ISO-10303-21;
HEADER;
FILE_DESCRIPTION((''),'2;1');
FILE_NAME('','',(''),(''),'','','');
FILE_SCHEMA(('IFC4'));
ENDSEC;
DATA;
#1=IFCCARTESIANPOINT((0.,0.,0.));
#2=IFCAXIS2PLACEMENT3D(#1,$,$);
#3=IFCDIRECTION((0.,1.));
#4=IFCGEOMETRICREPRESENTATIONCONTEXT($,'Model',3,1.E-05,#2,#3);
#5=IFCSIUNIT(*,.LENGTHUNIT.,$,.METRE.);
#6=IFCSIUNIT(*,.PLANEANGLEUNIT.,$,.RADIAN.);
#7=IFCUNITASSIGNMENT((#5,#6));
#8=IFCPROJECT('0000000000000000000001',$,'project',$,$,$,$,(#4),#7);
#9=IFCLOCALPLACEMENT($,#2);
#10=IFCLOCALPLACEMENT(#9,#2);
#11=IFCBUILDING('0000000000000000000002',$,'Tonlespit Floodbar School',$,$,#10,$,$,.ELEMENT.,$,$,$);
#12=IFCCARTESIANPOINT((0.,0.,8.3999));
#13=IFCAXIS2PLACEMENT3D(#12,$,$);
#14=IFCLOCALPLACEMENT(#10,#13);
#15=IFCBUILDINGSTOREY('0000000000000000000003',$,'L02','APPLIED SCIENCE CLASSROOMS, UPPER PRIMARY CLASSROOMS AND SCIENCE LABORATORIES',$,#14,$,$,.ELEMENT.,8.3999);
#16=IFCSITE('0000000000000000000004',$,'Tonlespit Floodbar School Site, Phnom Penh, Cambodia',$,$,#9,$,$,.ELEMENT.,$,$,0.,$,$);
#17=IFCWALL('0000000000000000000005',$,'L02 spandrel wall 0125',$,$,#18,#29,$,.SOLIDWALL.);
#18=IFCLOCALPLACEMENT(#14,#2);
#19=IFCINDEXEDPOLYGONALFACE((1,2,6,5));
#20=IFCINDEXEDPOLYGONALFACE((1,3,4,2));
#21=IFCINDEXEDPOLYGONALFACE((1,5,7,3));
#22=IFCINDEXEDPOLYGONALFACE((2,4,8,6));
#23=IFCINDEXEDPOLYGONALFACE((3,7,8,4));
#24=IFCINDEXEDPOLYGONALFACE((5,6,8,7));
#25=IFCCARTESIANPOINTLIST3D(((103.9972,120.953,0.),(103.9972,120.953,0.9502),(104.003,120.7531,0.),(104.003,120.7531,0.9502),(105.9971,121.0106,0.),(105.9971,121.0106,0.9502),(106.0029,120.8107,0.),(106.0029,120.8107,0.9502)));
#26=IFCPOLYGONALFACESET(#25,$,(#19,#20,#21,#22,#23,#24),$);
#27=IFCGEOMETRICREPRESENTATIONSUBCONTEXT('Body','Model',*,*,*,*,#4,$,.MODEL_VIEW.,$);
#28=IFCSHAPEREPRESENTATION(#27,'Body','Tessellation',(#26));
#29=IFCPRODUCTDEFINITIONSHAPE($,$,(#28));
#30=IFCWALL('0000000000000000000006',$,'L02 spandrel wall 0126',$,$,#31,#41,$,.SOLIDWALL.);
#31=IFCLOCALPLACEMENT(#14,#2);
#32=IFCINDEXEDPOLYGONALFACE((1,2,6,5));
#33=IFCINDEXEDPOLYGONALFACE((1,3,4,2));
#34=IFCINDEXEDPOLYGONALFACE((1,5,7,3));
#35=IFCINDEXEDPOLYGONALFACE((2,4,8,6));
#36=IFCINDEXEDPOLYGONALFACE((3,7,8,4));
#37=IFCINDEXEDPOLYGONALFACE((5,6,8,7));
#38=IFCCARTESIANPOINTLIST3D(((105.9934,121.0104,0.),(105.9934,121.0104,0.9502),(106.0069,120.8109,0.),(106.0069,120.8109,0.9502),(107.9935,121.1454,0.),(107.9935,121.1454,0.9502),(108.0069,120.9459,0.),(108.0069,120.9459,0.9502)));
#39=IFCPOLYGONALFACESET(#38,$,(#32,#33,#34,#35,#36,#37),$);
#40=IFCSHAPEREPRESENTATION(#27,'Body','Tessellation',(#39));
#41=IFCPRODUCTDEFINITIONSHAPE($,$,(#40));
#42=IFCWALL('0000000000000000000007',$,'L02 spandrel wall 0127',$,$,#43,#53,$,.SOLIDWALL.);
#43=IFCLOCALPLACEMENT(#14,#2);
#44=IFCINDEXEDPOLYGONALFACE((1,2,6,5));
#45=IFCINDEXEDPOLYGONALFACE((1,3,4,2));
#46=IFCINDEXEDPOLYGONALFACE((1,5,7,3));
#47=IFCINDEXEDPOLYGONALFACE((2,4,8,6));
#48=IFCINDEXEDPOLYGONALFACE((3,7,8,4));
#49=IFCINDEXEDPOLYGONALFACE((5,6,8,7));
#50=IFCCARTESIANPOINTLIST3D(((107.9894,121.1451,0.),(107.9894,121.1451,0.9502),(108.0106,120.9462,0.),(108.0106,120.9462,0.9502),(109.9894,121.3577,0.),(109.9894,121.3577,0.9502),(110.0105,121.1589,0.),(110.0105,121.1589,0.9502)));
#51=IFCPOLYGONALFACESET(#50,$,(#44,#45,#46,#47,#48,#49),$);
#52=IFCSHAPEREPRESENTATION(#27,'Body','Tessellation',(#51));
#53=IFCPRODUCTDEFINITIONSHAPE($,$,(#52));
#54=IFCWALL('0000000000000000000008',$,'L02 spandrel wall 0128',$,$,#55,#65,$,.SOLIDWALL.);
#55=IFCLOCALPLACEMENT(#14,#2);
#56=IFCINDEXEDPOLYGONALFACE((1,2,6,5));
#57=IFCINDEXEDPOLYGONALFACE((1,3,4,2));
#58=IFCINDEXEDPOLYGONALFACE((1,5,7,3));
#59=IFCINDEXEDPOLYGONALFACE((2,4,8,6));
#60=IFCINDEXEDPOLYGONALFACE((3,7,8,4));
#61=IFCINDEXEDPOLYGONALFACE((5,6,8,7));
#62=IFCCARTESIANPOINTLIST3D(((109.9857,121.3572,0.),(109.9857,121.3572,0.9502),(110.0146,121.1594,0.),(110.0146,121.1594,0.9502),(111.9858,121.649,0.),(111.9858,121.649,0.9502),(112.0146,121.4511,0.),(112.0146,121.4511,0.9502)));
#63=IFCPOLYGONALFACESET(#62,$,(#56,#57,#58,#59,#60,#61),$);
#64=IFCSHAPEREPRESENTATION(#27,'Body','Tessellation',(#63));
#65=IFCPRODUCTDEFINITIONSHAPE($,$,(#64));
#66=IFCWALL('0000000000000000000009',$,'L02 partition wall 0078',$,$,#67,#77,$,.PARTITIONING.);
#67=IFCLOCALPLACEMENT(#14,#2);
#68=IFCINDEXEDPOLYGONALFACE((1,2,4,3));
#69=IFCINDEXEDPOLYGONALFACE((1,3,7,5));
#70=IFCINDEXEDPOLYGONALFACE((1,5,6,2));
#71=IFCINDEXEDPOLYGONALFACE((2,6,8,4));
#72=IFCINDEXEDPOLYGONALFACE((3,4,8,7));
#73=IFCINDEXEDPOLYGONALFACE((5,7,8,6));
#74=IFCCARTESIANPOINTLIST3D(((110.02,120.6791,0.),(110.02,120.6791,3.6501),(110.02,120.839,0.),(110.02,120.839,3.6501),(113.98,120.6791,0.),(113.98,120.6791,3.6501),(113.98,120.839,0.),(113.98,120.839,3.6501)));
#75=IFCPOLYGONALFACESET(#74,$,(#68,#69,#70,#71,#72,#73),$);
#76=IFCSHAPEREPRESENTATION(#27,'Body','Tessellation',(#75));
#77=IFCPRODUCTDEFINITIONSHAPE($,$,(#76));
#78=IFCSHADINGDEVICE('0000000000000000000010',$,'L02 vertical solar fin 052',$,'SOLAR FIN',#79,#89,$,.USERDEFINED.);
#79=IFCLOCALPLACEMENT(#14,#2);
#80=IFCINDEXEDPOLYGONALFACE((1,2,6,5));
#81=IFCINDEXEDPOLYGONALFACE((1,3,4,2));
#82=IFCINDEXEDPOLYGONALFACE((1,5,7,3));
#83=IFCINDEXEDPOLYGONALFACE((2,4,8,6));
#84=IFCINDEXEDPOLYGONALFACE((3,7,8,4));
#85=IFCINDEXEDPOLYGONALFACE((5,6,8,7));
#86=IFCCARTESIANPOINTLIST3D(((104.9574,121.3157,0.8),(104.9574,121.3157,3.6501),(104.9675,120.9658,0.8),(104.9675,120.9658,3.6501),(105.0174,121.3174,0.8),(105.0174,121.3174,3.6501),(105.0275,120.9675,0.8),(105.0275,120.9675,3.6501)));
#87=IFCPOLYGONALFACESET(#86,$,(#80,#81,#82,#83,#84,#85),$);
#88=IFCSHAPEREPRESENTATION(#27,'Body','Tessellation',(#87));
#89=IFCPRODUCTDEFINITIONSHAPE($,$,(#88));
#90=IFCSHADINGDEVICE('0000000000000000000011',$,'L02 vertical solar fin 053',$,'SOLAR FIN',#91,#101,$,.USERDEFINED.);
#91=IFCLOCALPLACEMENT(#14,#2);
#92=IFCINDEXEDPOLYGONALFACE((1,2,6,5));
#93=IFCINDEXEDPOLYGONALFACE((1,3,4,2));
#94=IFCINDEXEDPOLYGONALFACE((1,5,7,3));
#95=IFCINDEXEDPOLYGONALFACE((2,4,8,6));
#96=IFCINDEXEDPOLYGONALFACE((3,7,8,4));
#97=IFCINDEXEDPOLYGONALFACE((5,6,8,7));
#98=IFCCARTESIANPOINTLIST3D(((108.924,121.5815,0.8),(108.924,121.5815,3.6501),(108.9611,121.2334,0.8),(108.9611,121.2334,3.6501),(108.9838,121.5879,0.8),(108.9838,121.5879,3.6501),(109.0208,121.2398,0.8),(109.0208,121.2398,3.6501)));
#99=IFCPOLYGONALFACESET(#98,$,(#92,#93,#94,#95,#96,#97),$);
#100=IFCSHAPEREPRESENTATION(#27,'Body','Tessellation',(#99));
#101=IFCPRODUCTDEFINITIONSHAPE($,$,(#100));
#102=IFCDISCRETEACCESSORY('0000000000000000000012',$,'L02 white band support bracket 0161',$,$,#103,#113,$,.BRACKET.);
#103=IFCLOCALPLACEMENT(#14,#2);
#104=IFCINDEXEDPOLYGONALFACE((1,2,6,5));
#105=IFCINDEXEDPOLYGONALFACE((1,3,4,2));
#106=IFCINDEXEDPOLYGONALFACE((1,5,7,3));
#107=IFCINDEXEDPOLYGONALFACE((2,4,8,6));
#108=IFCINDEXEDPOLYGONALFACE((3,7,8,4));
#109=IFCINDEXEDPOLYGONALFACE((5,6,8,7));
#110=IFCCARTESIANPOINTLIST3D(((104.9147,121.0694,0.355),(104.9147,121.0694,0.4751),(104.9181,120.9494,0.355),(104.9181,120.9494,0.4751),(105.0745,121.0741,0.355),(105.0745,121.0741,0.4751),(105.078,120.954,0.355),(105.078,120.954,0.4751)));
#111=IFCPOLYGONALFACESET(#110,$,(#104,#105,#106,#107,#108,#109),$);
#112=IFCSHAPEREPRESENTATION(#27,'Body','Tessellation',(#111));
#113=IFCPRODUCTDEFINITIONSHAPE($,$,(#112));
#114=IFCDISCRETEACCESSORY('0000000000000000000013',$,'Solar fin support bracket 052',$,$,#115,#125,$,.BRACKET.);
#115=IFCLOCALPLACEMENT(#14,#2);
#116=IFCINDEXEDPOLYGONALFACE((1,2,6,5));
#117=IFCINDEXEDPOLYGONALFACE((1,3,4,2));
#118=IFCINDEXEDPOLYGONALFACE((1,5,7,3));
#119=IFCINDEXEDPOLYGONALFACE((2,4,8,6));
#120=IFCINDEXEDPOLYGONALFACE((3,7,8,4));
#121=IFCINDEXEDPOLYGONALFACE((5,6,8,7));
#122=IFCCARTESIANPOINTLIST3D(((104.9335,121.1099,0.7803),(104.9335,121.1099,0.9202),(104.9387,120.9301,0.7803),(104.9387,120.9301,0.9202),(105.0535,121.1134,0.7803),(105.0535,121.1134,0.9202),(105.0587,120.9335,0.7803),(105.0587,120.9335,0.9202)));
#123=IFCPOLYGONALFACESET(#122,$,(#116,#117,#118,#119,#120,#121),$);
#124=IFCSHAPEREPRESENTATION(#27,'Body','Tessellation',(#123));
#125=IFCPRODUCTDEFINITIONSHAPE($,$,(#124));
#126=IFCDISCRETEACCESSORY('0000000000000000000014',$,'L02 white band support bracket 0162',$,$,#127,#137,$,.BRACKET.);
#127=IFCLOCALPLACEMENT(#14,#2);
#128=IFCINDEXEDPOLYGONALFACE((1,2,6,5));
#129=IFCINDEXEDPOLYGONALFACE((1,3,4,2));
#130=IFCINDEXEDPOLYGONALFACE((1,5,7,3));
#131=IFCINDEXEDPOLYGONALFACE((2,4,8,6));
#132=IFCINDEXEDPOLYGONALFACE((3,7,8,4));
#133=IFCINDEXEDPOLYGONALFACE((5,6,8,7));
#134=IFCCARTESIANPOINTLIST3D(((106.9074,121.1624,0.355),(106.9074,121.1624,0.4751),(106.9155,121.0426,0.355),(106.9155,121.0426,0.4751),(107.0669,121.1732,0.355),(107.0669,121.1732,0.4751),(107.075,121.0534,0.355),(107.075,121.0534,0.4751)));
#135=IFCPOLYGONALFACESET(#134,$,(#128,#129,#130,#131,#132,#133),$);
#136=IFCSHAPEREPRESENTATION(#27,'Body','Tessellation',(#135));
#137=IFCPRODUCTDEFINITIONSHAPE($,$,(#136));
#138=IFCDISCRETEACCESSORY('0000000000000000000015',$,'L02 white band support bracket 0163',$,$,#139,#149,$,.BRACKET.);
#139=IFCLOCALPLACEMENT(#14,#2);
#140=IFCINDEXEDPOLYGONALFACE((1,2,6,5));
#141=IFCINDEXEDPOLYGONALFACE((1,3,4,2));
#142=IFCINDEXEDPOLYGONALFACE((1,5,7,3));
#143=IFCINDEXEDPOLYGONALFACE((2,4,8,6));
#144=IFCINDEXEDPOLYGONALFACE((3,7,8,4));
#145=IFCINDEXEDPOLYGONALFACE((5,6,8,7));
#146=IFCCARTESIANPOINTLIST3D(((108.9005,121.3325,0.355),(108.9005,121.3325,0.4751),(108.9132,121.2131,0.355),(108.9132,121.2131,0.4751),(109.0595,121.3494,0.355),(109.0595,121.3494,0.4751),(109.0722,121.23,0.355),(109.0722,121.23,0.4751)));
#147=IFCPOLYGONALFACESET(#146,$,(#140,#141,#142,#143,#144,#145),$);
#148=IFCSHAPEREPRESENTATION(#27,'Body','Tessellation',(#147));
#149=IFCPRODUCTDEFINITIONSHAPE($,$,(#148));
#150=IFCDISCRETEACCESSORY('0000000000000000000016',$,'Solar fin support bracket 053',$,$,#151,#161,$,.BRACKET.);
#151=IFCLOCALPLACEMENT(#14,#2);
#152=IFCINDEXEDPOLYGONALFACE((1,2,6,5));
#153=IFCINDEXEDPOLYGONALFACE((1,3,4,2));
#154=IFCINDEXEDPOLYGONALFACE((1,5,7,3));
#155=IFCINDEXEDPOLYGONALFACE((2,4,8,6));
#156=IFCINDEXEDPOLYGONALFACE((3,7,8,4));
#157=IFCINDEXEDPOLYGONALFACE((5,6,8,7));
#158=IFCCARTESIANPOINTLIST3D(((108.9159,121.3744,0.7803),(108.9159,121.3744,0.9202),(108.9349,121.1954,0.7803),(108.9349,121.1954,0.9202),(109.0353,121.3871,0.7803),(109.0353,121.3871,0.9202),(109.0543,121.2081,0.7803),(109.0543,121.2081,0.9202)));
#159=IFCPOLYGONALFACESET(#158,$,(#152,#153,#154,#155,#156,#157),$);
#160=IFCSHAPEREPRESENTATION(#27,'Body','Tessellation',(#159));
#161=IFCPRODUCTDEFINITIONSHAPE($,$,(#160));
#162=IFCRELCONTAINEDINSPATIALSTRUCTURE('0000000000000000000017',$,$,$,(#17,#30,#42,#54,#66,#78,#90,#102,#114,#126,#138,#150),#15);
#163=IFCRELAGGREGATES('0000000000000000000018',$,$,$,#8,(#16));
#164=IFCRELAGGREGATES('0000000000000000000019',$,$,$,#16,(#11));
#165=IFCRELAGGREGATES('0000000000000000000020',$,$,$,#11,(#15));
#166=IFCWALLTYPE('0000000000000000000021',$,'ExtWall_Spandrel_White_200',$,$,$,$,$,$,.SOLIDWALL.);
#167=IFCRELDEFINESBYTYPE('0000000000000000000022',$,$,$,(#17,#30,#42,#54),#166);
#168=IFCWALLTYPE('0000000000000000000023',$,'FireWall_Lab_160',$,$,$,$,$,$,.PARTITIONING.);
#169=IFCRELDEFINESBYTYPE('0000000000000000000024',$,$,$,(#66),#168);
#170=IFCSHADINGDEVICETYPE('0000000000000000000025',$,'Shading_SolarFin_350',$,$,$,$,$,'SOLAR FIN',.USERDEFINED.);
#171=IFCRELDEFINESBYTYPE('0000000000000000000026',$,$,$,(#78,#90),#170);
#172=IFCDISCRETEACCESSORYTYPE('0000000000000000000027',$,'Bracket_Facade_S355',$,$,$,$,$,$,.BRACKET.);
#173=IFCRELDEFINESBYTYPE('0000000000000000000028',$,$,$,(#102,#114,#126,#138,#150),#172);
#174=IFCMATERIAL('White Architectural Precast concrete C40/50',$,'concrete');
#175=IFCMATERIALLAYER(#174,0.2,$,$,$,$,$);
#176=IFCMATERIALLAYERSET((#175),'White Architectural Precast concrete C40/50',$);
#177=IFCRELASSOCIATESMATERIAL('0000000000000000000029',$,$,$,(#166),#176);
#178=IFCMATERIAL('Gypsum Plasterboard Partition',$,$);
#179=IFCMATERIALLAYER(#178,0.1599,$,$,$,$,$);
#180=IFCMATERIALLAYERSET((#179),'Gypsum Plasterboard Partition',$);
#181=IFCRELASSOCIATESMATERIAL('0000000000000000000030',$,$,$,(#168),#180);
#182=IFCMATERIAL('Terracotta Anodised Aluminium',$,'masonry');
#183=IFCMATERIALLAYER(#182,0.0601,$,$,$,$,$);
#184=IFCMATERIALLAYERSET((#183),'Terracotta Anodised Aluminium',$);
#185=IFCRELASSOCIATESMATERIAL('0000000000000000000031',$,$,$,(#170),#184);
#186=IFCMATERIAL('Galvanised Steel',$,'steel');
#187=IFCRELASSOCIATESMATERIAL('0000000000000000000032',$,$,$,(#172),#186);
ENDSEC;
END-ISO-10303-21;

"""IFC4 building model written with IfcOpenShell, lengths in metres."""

from ifc_helpers import new_model, si_unit, direction, frame, frame_2d, origin, origin_2d, place, context, subcontext, project, spatial, rectangle, extrude, material, layer, layer_set, type_object, element, save


model = new_model("IFC4")

# Units and contexts
model_context = context("Model", 3, precision=1e-05, world=origin(), true_north=direction((0.0, 1.0)))
body_context = subcontext(model_context, "Body", "Model", "MODEL_VIEW")
ifc_project = project(units=[si_unit("LENGTHUNIT", "METRE"), si_unit("PLANEANGLEUNIT", "RADIAN")], contexts=[model_context])

# Site, building, storey
site_placement = place(None, origin())
site = spatial("IfcSite", under=ifc_project, at=site_placement, Name="Tonlespit Floodbar School Site, Phnom Penh, Cambodia", CompositionType="ELEMENT", RefElevation=0.0)
building_placement = place(site_placement, origin())
building = spatial("IfcBuilding", under=site, at=building_placement, Name="Tonlespit Floodbar School", CompositionType="ELEMENT")
storey_placement = place(building_placement, frame((0.0, 0.0, 8.3999)))
storey = spatial("IfcBuildingStorey", under=building, at=storey_placement, Name="L02", Description="APPLIED SCIENCE CLASSROOMS, UPPER PRIMARY CLASSROOMS AND SCIENCE LABORATORIES", CompositionType="ELEMENT", Elevation=8.3999)

# Walls
ifc_material_1 = material(Name="White Architectural Precast concrete C40/50", Category="concrete")
ifc_layer_1 = layer(ifc_material_1, 0.2)
ifc_layer_set_1 = layer_set([ifc_layer_1], Name="White Architectural Precast concrete C40/50")
wall_type_1 = type_object("IfcWallType", Name="ExtWall_Spandrel_White_200", PredefinedType="SOLIDWALL", material=ifc_layer_set_1)
wall_1_placement = place(storey_placement, frame((104.0, 120.853, 0.0), z_axis=(0.0, 0.0, 1.0), x_axis=(0.999585, 0.028797, 0.0)))
element("IfcWall", 1, at=wall_1_placement, inside=storey, type_object=wall_type_1, Name="L02 spandrel wall 0125", PredefinedType="SOLIDWALL", context=body_context, shape_type="SweptSolid", body=[
    extrude(rectangle(XDim=2.0007, YDim=0.2, at=frame_2d((1.0005, 0.0))), origin(), (0.0, 0.0, 1.0), 0.9502),
])
wall_2_placement = place(storey_placement, frame((106.0, 120.9106, 0.0), z_axis=(0.0, 0.0, 1.0), x_axis=(0.997729, 0.067352, 0.0)))
element("IfcWall", 2, at=wall_2_placement, inside=storey, type_object=wall_type_1, Name="L02 spandrel wall 0126", PredefinedType="SOLIDWALL", context=body_context, shape_type="SweptSolid", body=[
    extrude(rectangle(XDim=2.0046, YDim=0.2, at=frame_2d((1.0024, 0.0))), origin(), (0.0, 0.0, 1.0), 0.9502),
])
wall_3_placement = place(storey_placement, frame((108.0, 121.0457, 0.0), z_axis=(0.0, 0.0, 1.0), x_axis=(0.994395, 0.105727, 0.0)))
element("IfcWall", 3, at=wall_3_placement, inside=storey, type_object=wall_type_1, Name="L02 spandrel wall 0127", PredefinedType="SOLIDWALL", context=body_context, shape_type="SweptSolid", body=[
    extrude(rectangle(XDim=2.0112, YDim=0.2, at=frame_2d((1.0056, 0.0))), origin(), (0.0, 0.0, 1.0), 0.9502),
])
wall_4_placement = place(storey_placement, frame((110.0, 121.2583, 0.0), z_axis=(0.0, 0.0, 1.0), x_axis=(0.989527, 0.144346, 0.0)))
element("IfcWall", 4, at=wall_4_placement, inside=storey, type_object=wall_type_1, Name="L02 spandrel wall 0128", PredefinedType="SOLIDWALL", context=body_context, shape_type="SweptSolid", body=[
    extrude(rectangle(XDim=2.0212, YDim=0.2, at=frame_2d((1.0107, 0.0))), origin(), (0.0, 0.0, 1.0), 0.9502),
])
ifc_material_2 = material(Name="Gypsum Plasterboard Partition")
ifc_layer_2 = layer(ifc_material_2, 0.1599)
ifc_layer_set_2 = layer_set([ifc_layer_2], Name="Gypsum Plasterboard Partition")
wall_type_2 = type_object("IfcWallType", Name="FireWall_Lab_160", PredefinedType="PARTITIONING", material=ifc_layer_set_2)
wall_5_placement = place(storey_placement, frame((110.02, 120.759, 0.0), z_axis=(0.0, 0.0, 1.0), x_axis=(1.0, 0.0, 0.0)))
element("IfcWall", 5, at=wall_5_placement, inside=storey, type_object=wall_type_2, Name="L02 partition wall 0078", PredefinedType="PARTITIONING", context=body_context, shape_type="SweptSolid", body=[
    extrude(rectangle(XDim=3.96, YDim=0.1599, at=frame_2d((1.98, 0.0))), origin(), (0.0, 0.0, 1.0), 3.6501),
])

# Shading devices
ifc_material_3 = material(Name="Terracotta Anodised Aluminium", Category="masonry")
ifc_layer_3 = layer(ifc_material_3, 0.0601)
ifc_layer_set_3 = layer_set([ifc_layer_3], Name="Terracotta Anodised Aluminium")
shading_device_type = type_object("IfcShadingDeviceType", Name="Shading_SolarFin_350", ElementType="SOLAR FIN", PredefinedType="USERDEFINED", material=ifc_layer_set_3)
for number, where, z_axis, x_axis, name in (
    (6, (104.9924, 121.1416, 0.8), (0.0, 0.0, 1.0), (0.999584, 0.028838, 0.0), "L02 vertical solar fin 052"),
    (7, (108.9724, 121.4106, 0.8), (0.0, 0.0, 1.0), (0.994392, 0.105754, 0.0), "L02 vertical solar fin 053"),
):
    element("IfcShadingDevice", number, at=place(storey_placement, frame(where, z_axis=z_axis, x_axis=x_axis)), inside=storey, type_object=shading_device_type, Name=name, ObjectType="SOLAR FIN", PredefinedType="USERDEFINED", context=body_context, shape_type="SweptSolid", body=[
        extrude(rectangle(XDim=0.0601, YDim=0.3501, at=origin_2d()), origin(), (0.0, 0.0, 1.0), 2.8501),
    ])

# Discrete accessories
ifc_material_4 = material(Name="Galvanised Steel", Category="steel")
discrete_accessory_type = type_object("IfcDiscreteAccessoryType", Name="Bracket_Facade_S355", PredefinedType="BRACKET", material=ifc_material_4)
discrete_accessory_1_placement = place(storey_placement, frame((104.9963, 121.0117, 0.355), z_axis=(0.0, 0.0, 1.0), x_axis=(0.999584, 0.028838, 0.0)))
element("IfcDiscreteAccessory", 8, at=discrete_accessory_1_placement, inside=storey, type_object=discrete_accessory_type, Name="L02 white band support bracket 0161", PredefinedType="BRACKET", context=body_context, shape_type="SweptSolid", body=[
    extrude(rectangle(XDim=0.1599, YDim=0.1201, at=origin_2d()), origin(), (0.0, 0.0, 1.0), 0.1201),
])
discrete_accessory_2_placement = place(storey_placement, frame((104.9961, 121.0217, 0.7803), z_axis=(0.0, 0.0, 1.0), x_axis=(0.999584, 0.028838, 0.0)))
element("IfcDiscreteAccessory", 9, at=discrete_accessory_2_placement, inside=storey, type_object=discrete_accessory_type, Name="Solar fin support bracket 052", PredefinedType="BRACKET", context=body_context, shape_type="SweptSolid", body=[
    extrude(rectangle(XDim=0.1201, YDim=0.1799, at=origin_2d()), origin(), (0.0, 0.0, 1.0), 0.1399),
])
for number, where, z_axis, x_axis, name in (
    (10, (106.9912, 121.1079, 0.355), (0.0, 0.0, 1.0), (0.99773, 0.067347, 0.0), "L02 white band support bracket 0162"),
    (11, (108.9863, 121.2812, 0.355), (0.0, 0.0, 1.0), (0.994392, 0.105754, 0.0), "L02 white band support bracket 0163"),
):
    element("IfcDiscreteAccessory", number, at=place(storey_placement, frame(where, z_axis=z_axis, x_axis=x_axis)), inside=storey, type_object=discrete_accessory_type, Name=name, PredefinedType="BRACKET", context=body_context, shape_type="SweptSolid", body=[
        extrude(rectangle(XDim=0.1599, YDim=0.1201, at=origin_2d()), origin(), (0.0, 0.0, 1.0), 0.1201),
    ])
discrete_accessory_3_placement = place(storey_placement, frame((108.9851, 121.2913, 0.7803), z_axis=(0.0, 0.0, 1.0), x_axis=(0.994392, 0.105754, 0.0)))
element("IfcDiscreteAccessory", 12, at=discrete_accessory_3_placement, inside=storey, type_object=discrete_accessory_type, Name="Solar fin support bracket 053", PredefinedType="BRACKET", context=body_context, shape_type="SweptSolid", body=[
    extrude(rectangle(XDim=0.1201, YDim=0.1799, at=origin_2d()), origin(), (0.0, 0.0, 1.0), 0.1399),
])

save(model, "model.ifc")
